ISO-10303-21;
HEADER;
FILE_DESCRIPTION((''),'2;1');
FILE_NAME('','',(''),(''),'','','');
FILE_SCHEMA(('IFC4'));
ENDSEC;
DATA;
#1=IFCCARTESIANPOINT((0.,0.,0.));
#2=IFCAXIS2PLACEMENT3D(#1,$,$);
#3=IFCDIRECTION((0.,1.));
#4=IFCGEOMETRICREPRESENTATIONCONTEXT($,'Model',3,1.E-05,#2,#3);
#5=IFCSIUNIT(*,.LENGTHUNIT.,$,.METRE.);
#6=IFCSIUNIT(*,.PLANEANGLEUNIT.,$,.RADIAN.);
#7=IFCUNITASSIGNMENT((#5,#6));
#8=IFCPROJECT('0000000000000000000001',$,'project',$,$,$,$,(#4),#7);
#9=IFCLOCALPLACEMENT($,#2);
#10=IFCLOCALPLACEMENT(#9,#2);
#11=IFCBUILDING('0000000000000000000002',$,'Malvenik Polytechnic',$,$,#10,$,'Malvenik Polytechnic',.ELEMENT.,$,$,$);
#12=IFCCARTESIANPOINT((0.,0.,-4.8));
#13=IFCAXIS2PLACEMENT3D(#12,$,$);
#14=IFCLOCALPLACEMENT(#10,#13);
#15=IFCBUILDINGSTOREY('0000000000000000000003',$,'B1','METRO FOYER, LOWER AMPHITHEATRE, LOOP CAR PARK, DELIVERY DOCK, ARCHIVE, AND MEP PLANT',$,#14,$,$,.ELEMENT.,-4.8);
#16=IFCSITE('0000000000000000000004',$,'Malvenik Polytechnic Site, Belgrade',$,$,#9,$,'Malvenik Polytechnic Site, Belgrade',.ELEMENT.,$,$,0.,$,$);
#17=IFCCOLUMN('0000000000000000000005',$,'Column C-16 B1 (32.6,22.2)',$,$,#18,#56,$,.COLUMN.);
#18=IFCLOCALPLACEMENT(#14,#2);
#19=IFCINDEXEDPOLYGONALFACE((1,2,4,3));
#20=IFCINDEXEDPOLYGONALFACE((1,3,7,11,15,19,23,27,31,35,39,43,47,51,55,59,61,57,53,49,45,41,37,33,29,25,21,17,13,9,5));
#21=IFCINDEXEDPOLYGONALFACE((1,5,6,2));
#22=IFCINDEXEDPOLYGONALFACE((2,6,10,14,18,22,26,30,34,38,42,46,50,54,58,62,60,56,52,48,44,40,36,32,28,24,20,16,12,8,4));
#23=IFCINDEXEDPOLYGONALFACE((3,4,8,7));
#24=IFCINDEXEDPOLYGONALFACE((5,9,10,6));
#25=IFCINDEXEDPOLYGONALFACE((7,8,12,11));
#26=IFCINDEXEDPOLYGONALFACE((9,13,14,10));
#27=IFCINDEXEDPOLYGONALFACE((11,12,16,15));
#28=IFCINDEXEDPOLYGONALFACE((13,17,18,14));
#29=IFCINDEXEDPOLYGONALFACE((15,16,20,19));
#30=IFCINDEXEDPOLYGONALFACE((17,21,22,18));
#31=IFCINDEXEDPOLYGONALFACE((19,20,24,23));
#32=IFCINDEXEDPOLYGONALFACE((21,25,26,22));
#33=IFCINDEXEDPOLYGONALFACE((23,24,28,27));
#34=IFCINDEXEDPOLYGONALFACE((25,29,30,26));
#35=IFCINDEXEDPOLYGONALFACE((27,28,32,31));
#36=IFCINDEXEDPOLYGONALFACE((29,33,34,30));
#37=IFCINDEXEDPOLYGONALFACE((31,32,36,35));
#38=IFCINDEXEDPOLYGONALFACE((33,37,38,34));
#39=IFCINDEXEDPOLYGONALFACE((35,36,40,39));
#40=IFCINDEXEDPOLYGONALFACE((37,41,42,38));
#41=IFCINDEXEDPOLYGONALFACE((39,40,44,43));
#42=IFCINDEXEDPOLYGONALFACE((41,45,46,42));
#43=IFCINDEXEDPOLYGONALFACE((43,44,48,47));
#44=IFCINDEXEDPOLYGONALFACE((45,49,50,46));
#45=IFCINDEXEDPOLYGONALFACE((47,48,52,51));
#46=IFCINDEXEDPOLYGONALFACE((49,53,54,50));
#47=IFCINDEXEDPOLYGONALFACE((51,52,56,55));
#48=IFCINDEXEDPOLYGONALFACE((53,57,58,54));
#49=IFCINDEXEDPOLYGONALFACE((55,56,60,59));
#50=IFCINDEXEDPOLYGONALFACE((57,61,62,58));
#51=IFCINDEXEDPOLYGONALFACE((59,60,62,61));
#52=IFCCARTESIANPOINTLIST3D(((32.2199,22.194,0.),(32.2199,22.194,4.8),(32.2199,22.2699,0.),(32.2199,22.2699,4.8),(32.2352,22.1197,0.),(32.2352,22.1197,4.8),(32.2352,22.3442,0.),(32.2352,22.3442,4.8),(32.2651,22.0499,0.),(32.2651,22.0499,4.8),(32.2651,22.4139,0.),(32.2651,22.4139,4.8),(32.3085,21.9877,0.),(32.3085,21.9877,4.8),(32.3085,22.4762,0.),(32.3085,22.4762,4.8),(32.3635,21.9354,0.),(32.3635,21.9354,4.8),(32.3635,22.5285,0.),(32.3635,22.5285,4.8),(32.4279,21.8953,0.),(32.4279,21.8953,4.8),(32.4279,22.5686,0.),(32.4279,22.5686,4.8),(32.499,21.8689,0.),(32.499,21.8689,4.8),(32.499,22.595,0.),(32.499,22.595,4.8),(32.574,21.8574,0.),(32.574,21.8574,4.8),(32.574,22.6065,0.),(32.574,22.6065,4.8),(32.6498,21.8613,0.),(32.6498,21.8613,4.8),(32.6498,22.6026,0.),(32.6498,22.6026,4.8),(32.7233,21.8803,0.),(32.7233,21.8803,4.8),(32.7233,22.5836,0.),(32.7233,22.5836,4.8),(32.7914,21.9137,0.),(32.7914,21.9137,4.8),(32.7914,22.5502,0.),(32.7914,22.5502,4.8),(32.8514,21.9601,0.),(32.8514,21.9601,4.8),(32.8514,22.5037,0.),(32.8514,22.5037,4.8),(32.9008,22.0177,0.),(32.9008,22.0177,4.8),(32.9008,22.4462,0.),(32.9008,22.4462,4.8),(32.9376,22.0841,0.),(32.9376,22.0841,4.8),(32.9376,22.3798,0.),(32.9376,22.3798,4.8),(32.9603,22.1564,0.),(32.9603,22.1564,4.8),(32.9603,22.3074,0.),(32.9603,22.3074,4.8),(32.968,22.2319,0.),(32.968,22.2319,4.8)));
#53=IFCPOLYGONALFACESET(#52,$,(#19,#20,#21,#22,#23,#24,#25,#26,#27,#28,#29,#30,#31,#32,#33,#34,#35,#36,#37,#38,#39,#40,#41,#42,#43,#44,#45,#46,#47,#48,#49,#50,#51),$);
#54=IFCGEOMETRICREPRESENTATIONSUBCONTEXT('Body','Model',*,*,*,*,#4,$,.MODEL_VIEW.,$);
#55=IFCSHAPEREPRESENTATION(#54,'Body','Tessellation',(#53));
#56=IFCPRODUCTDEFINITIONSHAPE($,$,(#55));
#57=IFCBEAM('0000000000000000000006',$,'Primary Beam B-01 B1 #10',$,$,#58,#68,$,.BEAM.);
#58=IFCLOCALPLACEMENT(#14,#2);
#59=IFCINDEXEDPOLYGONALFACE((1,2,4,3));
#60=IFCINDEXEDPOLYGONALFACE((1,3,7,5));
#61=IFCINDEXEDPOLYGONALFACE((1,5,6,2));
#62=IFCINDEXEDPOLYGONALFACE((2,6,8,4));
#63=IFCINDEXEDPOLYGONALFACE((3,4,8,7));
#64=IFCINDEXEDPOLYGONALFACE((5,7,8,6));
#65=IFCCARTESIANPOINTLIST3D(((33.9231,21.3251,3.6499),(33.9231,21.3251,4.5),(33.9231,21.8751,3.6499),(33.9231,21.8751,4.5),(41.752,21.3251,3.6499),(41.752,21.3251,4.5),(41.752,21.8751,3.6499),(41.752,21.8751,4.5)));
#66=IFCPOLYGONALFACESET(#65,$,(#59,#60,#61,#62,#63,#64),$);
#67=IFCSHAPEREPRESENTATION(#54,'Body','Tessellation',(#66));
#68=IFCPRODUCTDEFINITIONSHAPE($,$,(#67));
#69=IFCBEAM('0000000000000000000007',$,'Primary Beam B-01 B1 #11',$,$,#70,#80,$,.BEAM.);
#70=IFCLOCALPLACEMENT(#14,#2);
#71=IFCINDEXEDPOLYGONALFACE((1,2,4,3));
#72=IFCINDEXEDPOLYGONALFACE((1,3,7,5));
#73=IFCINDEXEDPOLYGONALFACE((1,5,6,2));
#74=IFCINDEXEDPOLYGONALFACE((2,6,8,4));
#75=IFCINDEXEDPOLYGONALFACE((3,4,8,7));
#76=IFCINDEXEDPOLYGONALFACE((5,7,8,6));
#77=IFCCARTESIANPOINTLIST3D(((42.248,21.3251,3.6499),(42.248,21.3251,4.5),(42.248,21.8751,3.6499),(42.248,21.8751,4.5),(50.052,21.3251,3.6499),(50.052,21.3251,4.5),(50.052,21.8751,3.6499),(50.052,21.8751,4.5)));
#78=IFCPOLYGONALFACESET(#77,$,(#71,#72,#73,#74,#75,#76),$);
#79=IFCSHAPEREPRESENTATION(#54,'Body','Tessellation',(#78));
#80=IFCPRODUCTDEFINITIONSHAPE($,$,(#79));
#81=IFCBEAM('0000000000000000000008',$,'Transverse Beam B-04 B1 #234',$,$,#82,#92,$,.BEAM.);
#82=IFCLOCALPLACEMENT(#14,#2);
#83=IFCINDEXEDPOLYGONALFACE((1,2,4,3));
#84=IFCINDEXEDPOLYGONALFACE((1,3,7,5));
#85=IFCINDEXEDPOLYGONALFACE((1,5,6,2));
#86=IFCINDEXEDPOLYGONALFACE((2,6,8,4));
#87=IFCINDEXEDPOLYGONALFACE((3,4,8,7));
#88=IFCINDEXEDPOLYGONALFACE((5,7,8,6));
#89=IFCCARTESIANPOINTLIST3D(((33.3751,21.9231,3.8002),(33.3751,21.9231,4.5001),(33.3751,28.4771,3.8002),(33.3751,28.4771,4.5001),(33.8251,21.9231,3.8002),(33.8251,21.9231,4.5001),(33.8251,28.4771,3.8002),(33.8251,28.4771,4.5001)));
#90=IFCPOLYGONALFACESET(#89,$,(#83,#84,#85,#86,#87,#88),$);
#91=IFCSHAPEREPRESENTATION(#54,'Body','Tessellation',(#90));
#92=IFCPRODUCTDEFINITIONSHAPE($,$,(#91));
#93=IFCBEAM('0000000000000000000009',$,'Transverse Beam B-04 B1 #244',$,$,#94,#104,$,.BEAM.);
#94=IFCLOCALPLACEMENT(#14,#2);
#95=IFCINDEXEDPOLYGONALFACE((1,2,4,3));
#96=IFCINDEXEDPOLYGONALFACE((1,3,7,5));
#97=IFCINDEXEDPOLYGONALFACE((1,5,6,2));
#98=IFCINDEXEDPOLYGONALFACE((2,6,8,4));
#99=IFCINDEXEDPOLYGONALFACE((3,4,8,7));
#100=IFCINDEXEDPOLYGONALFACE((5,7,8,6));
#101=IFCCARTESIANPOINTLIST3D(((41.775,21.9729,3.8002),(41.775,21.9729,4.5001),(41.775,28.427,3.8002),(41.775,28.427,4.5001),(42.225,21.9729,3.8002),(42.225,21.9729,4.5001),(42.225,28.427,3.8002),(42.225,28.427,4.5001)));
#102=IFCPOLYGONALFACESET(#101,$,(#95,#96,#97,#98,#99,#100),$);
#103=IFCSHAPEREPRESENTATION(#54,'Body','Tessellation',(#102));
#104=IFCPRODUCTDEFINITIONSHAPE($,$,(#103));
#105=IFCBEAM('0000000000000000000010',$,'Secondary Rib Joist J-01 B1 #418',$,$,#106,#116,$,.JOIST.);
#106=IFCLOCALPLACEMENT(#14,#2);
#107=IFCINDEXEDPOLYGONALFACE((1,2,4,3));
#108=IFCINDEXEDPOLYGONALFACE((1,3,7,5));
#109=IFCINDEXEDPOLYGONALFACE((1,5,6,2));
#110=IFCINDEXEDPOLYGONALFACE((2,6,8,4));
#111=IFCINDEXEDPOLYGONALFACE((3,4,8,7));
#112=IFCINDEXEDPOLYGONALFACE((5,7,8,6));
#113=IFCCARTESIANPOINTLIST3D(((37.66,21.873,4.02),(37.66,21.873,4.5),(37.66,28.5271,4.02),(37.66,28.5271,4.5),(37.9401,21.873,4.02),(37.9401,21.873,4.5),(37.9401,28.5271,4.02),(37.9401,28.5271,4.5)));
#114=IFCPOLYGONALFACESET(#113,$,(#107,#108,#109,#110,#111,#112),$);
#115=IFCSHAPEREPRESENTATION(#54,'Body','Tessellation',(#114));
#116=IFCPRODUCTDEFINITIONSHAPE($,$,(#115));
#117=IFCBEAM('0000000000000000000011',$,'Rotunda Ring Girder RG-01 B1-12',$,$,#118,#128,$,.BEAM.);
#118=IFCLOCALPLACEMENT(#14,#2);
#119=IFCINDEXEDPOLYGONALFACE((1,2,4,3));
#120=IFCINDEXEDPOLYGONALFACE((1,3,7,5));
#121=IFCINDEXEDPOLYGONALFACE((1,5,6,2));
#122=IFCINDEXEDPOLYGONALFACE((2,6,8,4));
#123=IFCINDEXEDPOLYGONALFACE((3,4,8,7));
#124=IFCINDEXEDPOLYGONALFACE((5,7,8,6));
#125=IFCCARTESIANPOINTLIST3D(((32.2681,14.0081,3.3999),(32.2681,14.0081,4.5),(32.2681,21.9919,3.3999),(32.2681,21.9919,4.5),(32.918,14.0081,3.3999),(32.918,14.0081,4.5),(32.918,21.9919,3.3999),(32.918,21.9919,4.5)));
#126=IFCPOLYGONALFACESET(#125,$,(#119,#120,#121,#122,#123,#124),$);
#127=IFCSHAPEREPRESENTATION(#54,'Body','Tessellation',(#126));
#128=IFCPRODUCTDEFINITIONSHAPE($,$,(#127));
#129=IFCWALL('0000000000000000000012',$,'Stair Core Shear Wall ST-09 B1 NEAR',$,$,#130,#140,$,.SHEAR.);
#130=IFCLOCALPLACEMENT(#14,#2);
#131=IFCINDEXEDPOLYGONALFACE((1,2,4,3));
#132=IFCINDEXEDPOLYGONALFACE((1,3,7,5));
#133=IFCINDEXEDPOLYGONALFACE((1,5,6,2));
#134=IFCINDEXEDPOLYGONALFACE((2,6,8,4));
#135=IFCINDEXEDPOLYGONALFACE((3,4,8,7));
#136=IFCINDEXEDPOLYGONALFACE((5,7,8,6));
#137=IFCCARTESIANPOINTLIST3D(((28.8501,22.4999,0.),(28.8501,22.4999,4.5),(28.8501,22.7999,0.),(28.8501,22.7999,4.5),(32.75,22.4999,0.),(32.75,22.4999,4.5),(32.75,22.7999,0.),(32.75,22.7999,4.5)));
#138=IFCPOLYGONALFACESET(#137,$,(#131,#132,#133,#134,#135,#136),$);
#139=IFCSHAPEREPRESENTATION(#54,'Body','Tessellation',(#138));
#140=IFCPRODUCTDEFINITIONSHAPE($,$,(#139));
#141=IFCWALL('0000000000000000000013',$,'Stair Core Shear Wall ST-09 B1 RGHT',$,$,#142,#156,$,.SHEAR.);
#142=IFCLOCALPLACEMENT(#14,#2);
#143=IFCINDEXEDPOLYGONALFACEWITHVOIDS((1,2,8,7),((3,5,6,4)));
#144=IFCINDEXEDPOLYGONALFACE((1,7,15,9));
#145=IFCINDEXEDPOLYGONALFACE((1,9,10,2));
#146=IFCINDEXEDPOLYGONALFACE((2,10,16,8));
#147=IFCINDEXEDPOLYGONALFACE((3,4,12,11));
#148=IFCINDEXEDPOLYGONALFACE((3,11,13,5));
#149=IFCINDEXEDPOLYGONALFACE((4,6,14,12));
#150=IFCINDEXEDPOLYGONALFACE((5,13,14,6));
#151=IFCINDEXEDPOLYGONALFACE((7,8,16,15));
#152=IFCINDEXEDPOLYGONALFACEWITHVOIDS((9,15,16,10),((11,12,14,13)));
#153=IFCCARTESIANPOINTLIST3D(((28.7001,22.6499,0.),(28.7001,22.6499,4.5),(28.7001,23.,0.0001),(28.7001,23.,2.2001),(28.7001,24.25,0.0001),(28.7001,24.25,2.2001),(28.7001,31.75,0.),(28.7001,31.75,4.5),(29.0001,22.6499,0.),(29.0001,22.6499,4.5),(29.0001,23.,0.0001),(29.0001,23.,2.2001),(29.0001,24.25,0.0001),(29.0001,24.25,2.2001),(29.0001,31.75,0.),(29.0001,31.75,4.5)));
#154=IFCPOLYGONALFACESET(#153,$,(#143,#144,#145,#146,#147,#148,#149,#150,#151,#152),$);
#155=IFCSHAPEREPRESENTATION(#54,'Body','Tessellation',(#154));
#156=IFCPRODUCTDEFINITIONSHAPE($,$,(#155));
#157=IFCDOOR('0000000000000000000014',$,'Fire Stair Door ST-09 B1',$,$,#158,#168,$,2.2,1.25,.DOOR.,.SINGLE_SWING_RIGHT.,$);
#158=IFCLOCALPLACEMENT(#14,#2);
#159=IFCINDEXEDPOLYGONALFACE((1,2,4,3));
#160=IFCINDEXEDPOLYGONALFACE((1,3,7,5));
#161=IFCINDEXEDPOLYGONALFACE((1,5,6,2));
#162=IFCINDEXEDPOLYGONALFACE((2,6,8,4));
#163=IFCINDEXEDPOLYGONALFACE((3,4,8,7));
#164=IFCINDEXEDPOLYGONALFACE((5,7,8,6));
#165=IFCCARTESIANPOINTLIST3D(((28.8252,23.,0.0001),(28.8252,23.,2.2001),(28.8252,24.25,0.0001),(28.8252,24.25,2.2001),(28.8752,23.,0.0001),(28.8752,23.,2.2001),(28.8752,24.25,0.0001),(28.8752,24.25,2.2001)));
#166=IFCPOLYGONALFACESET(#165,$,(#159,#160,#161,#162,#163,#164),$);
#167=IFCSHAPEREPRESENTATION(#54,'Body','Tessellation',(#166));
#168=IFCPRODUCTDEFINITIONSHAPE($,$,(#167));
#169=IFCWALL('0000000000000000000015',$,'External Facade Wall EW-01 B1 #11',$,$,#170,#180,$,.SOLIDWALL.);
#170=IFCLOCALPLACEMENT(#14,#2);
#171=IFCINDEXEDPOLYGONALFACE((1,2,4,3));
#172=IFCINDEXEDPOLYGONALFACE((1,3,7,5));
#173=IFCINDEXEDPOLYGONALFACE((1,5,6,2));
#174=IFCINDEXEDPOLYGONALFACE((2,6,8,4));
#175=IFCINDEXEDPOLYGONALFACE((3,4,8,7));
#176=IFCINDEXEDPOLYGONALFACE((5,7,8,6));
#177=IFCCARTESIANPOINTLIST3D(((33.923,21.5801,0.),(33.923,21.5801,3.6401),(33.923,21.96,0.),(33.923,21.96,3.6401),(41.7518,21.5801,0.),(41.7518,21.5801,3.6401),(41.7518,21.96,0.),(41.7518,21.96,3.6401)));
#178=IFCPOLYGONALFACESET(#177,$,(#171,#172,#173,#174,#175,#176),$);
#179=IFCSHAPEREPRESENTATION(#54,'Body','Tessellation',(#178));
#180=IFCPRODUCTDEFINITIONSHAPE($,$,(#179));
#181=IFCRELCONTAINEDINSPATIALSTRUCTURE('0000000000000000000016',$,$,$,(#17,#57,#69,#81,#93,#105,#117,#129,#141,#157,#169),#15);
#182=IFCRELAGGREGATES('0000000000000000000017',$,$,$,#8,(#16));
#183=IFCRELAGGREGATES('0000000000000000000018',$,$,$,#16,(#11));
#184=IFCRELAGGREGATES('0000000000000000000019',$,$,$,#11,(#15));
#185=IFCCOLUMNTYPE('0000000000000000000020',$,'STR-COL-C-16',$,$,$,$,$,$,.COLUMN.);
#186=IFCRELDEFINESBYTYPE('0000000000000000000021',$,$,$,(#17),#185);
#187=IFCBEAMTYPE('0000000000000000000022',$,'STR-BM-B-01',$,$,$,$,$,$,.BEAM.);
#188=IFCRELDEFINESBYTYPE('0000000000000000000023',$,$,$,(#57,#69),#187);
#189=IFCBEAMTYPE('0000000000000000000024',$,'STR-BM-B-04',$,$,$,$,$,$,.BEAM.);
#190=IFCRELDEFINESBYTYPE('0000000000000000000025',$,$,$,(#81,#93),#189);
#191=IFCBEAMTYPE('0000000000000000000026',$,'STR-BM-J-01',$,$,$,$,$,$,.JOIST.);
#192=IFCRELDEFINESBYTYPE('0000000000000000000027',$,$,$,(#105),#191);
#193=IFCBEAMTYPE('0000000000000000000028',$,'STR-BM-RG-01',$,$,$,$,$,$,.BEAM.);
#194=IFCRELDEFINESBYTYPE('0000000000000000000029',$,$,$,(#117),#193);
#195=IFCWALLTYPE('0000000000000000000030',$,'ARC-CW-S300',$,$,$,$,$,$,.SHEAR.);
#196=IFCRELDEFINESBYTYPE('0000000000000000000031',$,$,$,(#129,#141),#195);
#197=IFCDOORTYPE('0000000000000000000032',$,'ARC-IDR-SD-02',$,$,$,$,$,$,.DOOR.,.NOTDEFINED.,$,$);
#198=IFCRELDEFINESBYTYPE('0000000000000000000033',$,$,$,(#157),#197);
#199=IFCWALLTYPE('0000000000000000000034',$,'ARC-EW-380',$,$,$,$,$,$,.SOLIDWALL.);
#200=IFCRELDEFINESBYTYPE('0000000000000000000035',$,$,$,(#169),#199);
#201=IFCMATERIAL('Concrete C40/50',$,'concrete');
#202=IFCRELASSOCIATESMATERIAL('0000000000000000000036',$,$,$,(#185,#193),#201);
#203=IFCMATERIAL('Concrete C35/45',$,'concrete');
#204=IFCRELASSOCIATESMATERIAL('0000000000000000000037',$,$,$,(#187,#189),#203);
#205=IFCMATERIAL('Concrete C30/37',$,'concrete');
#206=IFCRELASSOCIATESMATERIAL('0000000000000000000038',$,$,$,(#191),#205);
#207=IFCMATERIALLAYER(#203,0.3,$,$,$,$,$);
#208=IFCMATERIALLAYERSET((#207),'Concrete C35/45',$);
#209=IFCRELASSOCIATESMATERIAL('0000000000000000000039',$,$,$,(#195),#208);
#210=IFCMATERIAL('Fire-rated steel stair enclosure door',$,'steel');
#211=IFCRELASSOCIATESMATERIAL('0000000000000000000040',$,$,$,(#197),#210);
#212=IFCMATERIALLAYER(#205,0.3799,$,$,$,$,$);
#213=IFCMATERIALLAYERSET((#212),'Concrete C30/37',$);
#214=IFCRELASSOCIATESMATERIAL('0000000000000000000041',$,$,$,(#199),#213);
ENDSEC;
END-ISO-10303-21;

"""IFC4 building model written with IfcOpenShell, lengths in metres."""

from ifc_helpers import new_model, si_unit, direction, frame, frame_2d, origin, origin_2d, place, context, subcontext, project, spatial, rectangle, circle, extrude, material, layer, layer_set, material_profile, profile_set, type_object, element, fill, save


model = new_model("IFC4")

# Units and contexts
model_context = context("Model", 3, precision=1e-05, world=origin(), true_north=direction((0.0, 1.0)))
body_context = subcontext(model_context, "Body", "Model", "MODEL_VIEW")
ifc_project = project(units=[si_unit("LENGTHUNIT", "METRE"), si_unit("PLANEANGLEUNIT", "RADIAN")], contexts=[model_context])

# Site, building, storey
site_placement = place(None, origin())
site = spatial("IfcSite", under=ifc_project, at=site_placement, Name="Malvenik Polytechnic Site, Belgrade", LongName="Malvenik Polytechnic Site, Belgrade", CompositionType="ELEMENT", RefElevation=0.0)
building_placement = place(site_placement, origin())
building = spatial("IfcBuilding", under=site, at=building_placement, Name="Malvenik Polytechnic", LongName="Malvenik Polytechnic", CompositionType="ELEMENT")
storey_placement = place(building_placement, frame((0.0, 0.0, -4.8)))
storey = spatial("IfcBuildingStorey", under=building, at=storey_placement, Name="B1", Description="METRO FOYER, LOWER AMPHITHEATRE, LOOP CAR PARK, DELIVERY DOCK, ARCHIVE, AND MEP PLANT", CompositionType="ELEMENT", Elevation=-4.8)

# Shared definitions
ifc_material_1 = material(Name="Concrete C35/45", Category="concrete")

# Column
ifc_material_2 = material(Name="Concrete C40/50", Category="concrete")
ifc_material_profile_1 = material_profile(ifc_material_2, circle(Radius=0.375, at=origin_2d()), Name="RC COL D750")
ifc_profile_set_1 = profile_set([ifc_material_profile_1], Name="Concrete C40/50")
column_type_1 = type_object("IfcColumnType", Name="STR-COL-C-16", PredefinedType="COLUMN", material=ifc_profile_set_1)
for number, where, z_axis, x_axis, name in (
    (1, (32.593, 22.2319, 0.0), (0.0, 0.0, 1.0), (1.0, 0.0, 0.0), "Column C-16 B1 (32.6,22.2)"),
):
    element("IfcColumn", number, at=place(storey_placement, frame(where, z_axis=z_axis, x_axis=x_axis)), inside=storey, type_object=column_type_1, Name=name, PredefinedType="COLUMN", context=body_context, shape_type="SweptSolid", body=[
        extrude(circle(Radius=0.375, at=origin_2d()), origin(), (0.0, 0.0, 1.0), 4.8),
    ])

# Beams
ifc_material_profile_2 = material_profile(ifc_material_1, rectangle(XDim=0.55, YDim=0.8501, at=origin_2d()), Name="RC BM 550x850")
ifc_profile_set_2 = profile_set([ifc_material_profile_2], Name="Concrete C35/45")
beam_type_1 = type_object("IfcBeamType", Name="STR-BM-B-01", PredefinedType="BEAM", material=ifc_profile_set_2)
beam_1_placement = place(storey_placement, frame((33.9231, 21.6001, 4.075), z_axis=(1.0, 0.0, 0.0), x_axis=(0.0, 1.0, 0.0)))
element("IfcBeam", 2, at=beam_1_placement, inside=storey, type_object=beam_type_1, Name="Primary Beam B-01 B1 #10", PredefinedType="BEAM", context=body_context, shape_type="SweptSolid", body=[
    extrude(rectangle(XDim=0.55, YDim=0.8501, at=origin_2d()), origin(), (0.0, 0.0, 1.0), 7.8289),
])
beam_2_placement = place(storey_placement, frame((42.248, 21.6001, 4.075), z_axis=(1.0, 0.0, 0.0), x_axis=(0.0, 1.0, 0.0)))
element("IfcBeam", 3, at=beam_2_placement, inside=storey, type_object=beam_type_1, Name="Primary Beam B-01 B1 #11", PredefinedType="BEAM", context=body_context, shape_type="SweptSolid", body=[
    extrude(rectangle(XDim=0.55, YDim=0.8501, at=origin_2d()), origin(), (0.0, 0.0, 1.0), 7.804),
])
ifc_material_profile_3 = material_profile(ifc_material_1, rectangle(XDim=0.45, YDim=0.7, at=origin_2d()), Name="RC BM 450x700")
ifc_profile_set_3 = profile_set([ifc_material_profile_3], Name="Concrete C35/45")
beam_type_2 = type_object("IfcBeamType", Name="STR-BM-B-04", PredefinedType="BEAM", material=ifc_profile_set_3)
beam_3_placement = place(storey_placement, frame((33.6001, 21.9231, 4.1501), z_axis=(0.0, 1.0, 0.0), x_axis=(-1.0, 0.0, 0.0)))
element("IfcBeam", 4, at=beam_3_placement, inside=storey, type_object=beam_type_2, Name="Transverse Beam B-04 B1 #234", PredefinedType="BEAM", context=body_context, shape_type="SweptSolid", body=[
    extrude(rectangle(XDim=0.45, YDim=0.7, at=origin_2d()), origin(), (0.0, 0.0, 1.0), 6.554),
])
beam_4_placement = place(storey_placement, frame((42.0, 21.9729, 4.1501), z_axis=(0.0, 1.0, 0.0), x_axis=(-1.0, 0.0, 0.0)))
element("IfcBeam", 5, at=beam_4_placement, inside=storey, type_object=beam_type_2, Name="Transverse Beam B-04 B1 #244", PredefinedType="BEAM", context=body_context, shape_type="SweptSolid", body=[
    extrude(rectangle(XDim=0.45, YDim=0.7, at=origin_2d()), origin(), (0.0, 0.0, 1.0), 6.4541),
])
ifc_material_3 = material(Name="Concrete C30/37", Category="concrete")
ifc_material_profile_4 = material_profile(ifc_material_3, rectangle(XDim=0.28, YDim=0.48, at=origin_2d()), Name="RC JST 280x480")
ifc_profile_set_4 = profile_set([ifc_material_profile_4], Name="Concrete C30/37")
beam_type_3 = type_object("IfcBeamType", Name="STR-BM-J-01", PredefinedType="JOIST", material=ifc_profile_set_4)
beam_5_placement = place(storey_placement, frame((37.8, 21.873, 4.26), z_axis=(0.0, 1.0, 0.0), x_axis=(-1.0, 0.0, 0.0)))
element("IfcBeam", 6, at=beam_5_placement, inside=storey, type_object=beam_type_3, Name="Secondary Rib Joist J-01 B1 #418", PredefinedType="JOIST", context=body_context, shape_type="SweptSolid", body=[
    extrude(rectangle(XDim=0.28, YDim=0.48, at=origin_2d()), origin(), (0.0, 0.0, 1.0), 6.6541),
])
ifc_material_profile_5 = material_profile(ifc_material_2, rectangle(XDim=0.6499, YDim=1.1001, at=origin_2d()), Name="RC RG 650x1100")
ifc_profile_set_5 = profile_set([ifc_material_profile_5], Name="Concrete C40/50")
beam_type_4 = type_object("IfcBeamType", Name="STR-BM-RG-01", PredefinedType="BEAM", material=ifc_profile_set_5)
beam_6_placement = place(storey_placement, frame((32.593, 14.0081, 3.95), z_axis=(0.0, 1.0, 0.0), x_axis=(-1.0, 0.0, 0.0)))
element("IfcBeam", 7, at=beam_6_placement, inside=storey, type_object=beam_type_4, Name="Rotunda Ring Girder RG-01 B1-12", PredefinedType="BEAM", context=body_context, shape_type="SweptSolid", body=[
    extrude(rectangle(XDim=0.6499, YDim=1.1001, at=origin_2d()), origin(), (0.0, 0.0, 1.0), 7.9839),
])

# Wall
ifc_layer_1 = layer(ifc_material_1, 0.3)
ifc_layer_set_1 = layer_set([ifc_layer_1], Name="Concrete C35/45")
wall_type_1 = type_object("IfcWallType", Name="ARC-CW-S300", PredefinedType="SHEAR", material=ifc_layer_set_1)
wall_1_placement = place(storey_placement, frame((32.75, 22.6499, 0.0), z_axis=(0.0, 0.0, 1.0), x_axis=(-1.0, 0.0, 0.0)))
element("IfcWall", 8, at=wall_1_placement, inside=storey, type_object=wall_type_1, Name="Stair Core Shear Wall ST-09 B1 NEAR", PredefinedType="SHEAR", context=body_context, shape_type="SweptSolid", body=[
    extrude(rectangle(XDim=3.8999, YDim=0.3, at=frame_2d((1.95, 0.0))), origin(), (0.0, 0.0, 1.0), 4.5),
])

# Wall, opening, door
wall_2_placement = place(storey_placement, frame((28.8501, 22.6499, 0.0), z_axis=(0.0, 0.0, 1.0), x_axis=(0.0, 1.0, 0.0)))
wall_2 = element("IfcWall", 9, at=wall_2_placement, inside=storey, type_object=wall_type_1, Name="Stair Core Shear Wall ST-09 B1 RGHT", PredefinedType="SHEAR", context=body_context, shape_type="SweptSolid", body=[
    extrude(rectangle(XDim=9.1001, YDim=0.3, at=frame_2d((4.55, 0.0))), origin(), (0.0, 0.0, 1.0), 4.5),
])
opening_placement = place(wall_2_placement, frame((0.3501, 0.0, 0.0)))
opening = element("IfcOpeningElement", 10, at=opening_placement, cuts=wall_2, PredefinedType="OPENING", context=body_context, shape_type="SweptSolid", body=[
    extrude(rectangle(XDim=1.25, YDim=2.2, at=frame_2d((0.625, 1.1001))), frame((0.0, 0.1602, 0.0), z_axis=(0.0, -1.0, 0.0), x_axis=(1.0, 0.0, 0.0)), (0.0, 0.0, 1.0), 0.3201),
])
ifc_material_4 = material(Name="Fire-rated steel stair enclosure door", Category="steel")
door_type = type_object("IfcDoorType", Name="ARC-IDR-SD-02", OperationType="NOTDEFINED", PredefinedType="DOOR", material=ifc_material_4)
door_placement = place(opening_placement, origin())
door = element("IfcDoor", 11, at=door_placement, inside=storey, type_object=door_type, Name="Fire Stair Door ST-09 B1", OperationType="SINGLE_SWING_RIGHT", OverallHeight=2.2, OverallWidth=1.25, PredefinedType="DOOR", context=body_context, shape_type="SweptSolid", body=[
    extrude(rectangle(XDim=1.25, YDim=2.2, at=frame_2d((0.625, 1.1001))), frame((0.0, 0.0249, 0.0), z_axis=(0.0, -1.0, 0.0), x_axis=(1.0, 0.0, 0.0)), (0.0, 0.0, 1.0), 0.05),
])
fill(opening, door)

# Wall
ifc_layer_2 = layer(ifc_material_3, 0.3799)
ifc_layer_set_2 = layer_set([ifc_layer_2], Name="Concrete C30/37")
wall_type_2 = type_object("IfcWallType", Name="ARC-EW-380", PredefinedType="SOLIDWALL", material=ifc_layer_set_2)
wall_3_placement = place(storey_placement, frame((41.752, 21.77, 0.0), z_axis=(0.0, 0.0, 1.0), x_axis=(-1.0, 0.0, 0.0)))
element("IfcWall", 12, at=wall_3_placement, inside=storey, type_object=wall_type_2, Name="External Facade Wall EW-01 B1 #11", PredefinedType="SOLIDWALL", context=body_context, shape_type="SweptSolid", body=[
    extrude(rectangle(XDim=7.8289, YDim=0.3799, at=frame_2d((3.9146, 0.0))), origin(), (0.0, 0.0, 1.0), 3.6401),
])

save(model, "model.ifc")
